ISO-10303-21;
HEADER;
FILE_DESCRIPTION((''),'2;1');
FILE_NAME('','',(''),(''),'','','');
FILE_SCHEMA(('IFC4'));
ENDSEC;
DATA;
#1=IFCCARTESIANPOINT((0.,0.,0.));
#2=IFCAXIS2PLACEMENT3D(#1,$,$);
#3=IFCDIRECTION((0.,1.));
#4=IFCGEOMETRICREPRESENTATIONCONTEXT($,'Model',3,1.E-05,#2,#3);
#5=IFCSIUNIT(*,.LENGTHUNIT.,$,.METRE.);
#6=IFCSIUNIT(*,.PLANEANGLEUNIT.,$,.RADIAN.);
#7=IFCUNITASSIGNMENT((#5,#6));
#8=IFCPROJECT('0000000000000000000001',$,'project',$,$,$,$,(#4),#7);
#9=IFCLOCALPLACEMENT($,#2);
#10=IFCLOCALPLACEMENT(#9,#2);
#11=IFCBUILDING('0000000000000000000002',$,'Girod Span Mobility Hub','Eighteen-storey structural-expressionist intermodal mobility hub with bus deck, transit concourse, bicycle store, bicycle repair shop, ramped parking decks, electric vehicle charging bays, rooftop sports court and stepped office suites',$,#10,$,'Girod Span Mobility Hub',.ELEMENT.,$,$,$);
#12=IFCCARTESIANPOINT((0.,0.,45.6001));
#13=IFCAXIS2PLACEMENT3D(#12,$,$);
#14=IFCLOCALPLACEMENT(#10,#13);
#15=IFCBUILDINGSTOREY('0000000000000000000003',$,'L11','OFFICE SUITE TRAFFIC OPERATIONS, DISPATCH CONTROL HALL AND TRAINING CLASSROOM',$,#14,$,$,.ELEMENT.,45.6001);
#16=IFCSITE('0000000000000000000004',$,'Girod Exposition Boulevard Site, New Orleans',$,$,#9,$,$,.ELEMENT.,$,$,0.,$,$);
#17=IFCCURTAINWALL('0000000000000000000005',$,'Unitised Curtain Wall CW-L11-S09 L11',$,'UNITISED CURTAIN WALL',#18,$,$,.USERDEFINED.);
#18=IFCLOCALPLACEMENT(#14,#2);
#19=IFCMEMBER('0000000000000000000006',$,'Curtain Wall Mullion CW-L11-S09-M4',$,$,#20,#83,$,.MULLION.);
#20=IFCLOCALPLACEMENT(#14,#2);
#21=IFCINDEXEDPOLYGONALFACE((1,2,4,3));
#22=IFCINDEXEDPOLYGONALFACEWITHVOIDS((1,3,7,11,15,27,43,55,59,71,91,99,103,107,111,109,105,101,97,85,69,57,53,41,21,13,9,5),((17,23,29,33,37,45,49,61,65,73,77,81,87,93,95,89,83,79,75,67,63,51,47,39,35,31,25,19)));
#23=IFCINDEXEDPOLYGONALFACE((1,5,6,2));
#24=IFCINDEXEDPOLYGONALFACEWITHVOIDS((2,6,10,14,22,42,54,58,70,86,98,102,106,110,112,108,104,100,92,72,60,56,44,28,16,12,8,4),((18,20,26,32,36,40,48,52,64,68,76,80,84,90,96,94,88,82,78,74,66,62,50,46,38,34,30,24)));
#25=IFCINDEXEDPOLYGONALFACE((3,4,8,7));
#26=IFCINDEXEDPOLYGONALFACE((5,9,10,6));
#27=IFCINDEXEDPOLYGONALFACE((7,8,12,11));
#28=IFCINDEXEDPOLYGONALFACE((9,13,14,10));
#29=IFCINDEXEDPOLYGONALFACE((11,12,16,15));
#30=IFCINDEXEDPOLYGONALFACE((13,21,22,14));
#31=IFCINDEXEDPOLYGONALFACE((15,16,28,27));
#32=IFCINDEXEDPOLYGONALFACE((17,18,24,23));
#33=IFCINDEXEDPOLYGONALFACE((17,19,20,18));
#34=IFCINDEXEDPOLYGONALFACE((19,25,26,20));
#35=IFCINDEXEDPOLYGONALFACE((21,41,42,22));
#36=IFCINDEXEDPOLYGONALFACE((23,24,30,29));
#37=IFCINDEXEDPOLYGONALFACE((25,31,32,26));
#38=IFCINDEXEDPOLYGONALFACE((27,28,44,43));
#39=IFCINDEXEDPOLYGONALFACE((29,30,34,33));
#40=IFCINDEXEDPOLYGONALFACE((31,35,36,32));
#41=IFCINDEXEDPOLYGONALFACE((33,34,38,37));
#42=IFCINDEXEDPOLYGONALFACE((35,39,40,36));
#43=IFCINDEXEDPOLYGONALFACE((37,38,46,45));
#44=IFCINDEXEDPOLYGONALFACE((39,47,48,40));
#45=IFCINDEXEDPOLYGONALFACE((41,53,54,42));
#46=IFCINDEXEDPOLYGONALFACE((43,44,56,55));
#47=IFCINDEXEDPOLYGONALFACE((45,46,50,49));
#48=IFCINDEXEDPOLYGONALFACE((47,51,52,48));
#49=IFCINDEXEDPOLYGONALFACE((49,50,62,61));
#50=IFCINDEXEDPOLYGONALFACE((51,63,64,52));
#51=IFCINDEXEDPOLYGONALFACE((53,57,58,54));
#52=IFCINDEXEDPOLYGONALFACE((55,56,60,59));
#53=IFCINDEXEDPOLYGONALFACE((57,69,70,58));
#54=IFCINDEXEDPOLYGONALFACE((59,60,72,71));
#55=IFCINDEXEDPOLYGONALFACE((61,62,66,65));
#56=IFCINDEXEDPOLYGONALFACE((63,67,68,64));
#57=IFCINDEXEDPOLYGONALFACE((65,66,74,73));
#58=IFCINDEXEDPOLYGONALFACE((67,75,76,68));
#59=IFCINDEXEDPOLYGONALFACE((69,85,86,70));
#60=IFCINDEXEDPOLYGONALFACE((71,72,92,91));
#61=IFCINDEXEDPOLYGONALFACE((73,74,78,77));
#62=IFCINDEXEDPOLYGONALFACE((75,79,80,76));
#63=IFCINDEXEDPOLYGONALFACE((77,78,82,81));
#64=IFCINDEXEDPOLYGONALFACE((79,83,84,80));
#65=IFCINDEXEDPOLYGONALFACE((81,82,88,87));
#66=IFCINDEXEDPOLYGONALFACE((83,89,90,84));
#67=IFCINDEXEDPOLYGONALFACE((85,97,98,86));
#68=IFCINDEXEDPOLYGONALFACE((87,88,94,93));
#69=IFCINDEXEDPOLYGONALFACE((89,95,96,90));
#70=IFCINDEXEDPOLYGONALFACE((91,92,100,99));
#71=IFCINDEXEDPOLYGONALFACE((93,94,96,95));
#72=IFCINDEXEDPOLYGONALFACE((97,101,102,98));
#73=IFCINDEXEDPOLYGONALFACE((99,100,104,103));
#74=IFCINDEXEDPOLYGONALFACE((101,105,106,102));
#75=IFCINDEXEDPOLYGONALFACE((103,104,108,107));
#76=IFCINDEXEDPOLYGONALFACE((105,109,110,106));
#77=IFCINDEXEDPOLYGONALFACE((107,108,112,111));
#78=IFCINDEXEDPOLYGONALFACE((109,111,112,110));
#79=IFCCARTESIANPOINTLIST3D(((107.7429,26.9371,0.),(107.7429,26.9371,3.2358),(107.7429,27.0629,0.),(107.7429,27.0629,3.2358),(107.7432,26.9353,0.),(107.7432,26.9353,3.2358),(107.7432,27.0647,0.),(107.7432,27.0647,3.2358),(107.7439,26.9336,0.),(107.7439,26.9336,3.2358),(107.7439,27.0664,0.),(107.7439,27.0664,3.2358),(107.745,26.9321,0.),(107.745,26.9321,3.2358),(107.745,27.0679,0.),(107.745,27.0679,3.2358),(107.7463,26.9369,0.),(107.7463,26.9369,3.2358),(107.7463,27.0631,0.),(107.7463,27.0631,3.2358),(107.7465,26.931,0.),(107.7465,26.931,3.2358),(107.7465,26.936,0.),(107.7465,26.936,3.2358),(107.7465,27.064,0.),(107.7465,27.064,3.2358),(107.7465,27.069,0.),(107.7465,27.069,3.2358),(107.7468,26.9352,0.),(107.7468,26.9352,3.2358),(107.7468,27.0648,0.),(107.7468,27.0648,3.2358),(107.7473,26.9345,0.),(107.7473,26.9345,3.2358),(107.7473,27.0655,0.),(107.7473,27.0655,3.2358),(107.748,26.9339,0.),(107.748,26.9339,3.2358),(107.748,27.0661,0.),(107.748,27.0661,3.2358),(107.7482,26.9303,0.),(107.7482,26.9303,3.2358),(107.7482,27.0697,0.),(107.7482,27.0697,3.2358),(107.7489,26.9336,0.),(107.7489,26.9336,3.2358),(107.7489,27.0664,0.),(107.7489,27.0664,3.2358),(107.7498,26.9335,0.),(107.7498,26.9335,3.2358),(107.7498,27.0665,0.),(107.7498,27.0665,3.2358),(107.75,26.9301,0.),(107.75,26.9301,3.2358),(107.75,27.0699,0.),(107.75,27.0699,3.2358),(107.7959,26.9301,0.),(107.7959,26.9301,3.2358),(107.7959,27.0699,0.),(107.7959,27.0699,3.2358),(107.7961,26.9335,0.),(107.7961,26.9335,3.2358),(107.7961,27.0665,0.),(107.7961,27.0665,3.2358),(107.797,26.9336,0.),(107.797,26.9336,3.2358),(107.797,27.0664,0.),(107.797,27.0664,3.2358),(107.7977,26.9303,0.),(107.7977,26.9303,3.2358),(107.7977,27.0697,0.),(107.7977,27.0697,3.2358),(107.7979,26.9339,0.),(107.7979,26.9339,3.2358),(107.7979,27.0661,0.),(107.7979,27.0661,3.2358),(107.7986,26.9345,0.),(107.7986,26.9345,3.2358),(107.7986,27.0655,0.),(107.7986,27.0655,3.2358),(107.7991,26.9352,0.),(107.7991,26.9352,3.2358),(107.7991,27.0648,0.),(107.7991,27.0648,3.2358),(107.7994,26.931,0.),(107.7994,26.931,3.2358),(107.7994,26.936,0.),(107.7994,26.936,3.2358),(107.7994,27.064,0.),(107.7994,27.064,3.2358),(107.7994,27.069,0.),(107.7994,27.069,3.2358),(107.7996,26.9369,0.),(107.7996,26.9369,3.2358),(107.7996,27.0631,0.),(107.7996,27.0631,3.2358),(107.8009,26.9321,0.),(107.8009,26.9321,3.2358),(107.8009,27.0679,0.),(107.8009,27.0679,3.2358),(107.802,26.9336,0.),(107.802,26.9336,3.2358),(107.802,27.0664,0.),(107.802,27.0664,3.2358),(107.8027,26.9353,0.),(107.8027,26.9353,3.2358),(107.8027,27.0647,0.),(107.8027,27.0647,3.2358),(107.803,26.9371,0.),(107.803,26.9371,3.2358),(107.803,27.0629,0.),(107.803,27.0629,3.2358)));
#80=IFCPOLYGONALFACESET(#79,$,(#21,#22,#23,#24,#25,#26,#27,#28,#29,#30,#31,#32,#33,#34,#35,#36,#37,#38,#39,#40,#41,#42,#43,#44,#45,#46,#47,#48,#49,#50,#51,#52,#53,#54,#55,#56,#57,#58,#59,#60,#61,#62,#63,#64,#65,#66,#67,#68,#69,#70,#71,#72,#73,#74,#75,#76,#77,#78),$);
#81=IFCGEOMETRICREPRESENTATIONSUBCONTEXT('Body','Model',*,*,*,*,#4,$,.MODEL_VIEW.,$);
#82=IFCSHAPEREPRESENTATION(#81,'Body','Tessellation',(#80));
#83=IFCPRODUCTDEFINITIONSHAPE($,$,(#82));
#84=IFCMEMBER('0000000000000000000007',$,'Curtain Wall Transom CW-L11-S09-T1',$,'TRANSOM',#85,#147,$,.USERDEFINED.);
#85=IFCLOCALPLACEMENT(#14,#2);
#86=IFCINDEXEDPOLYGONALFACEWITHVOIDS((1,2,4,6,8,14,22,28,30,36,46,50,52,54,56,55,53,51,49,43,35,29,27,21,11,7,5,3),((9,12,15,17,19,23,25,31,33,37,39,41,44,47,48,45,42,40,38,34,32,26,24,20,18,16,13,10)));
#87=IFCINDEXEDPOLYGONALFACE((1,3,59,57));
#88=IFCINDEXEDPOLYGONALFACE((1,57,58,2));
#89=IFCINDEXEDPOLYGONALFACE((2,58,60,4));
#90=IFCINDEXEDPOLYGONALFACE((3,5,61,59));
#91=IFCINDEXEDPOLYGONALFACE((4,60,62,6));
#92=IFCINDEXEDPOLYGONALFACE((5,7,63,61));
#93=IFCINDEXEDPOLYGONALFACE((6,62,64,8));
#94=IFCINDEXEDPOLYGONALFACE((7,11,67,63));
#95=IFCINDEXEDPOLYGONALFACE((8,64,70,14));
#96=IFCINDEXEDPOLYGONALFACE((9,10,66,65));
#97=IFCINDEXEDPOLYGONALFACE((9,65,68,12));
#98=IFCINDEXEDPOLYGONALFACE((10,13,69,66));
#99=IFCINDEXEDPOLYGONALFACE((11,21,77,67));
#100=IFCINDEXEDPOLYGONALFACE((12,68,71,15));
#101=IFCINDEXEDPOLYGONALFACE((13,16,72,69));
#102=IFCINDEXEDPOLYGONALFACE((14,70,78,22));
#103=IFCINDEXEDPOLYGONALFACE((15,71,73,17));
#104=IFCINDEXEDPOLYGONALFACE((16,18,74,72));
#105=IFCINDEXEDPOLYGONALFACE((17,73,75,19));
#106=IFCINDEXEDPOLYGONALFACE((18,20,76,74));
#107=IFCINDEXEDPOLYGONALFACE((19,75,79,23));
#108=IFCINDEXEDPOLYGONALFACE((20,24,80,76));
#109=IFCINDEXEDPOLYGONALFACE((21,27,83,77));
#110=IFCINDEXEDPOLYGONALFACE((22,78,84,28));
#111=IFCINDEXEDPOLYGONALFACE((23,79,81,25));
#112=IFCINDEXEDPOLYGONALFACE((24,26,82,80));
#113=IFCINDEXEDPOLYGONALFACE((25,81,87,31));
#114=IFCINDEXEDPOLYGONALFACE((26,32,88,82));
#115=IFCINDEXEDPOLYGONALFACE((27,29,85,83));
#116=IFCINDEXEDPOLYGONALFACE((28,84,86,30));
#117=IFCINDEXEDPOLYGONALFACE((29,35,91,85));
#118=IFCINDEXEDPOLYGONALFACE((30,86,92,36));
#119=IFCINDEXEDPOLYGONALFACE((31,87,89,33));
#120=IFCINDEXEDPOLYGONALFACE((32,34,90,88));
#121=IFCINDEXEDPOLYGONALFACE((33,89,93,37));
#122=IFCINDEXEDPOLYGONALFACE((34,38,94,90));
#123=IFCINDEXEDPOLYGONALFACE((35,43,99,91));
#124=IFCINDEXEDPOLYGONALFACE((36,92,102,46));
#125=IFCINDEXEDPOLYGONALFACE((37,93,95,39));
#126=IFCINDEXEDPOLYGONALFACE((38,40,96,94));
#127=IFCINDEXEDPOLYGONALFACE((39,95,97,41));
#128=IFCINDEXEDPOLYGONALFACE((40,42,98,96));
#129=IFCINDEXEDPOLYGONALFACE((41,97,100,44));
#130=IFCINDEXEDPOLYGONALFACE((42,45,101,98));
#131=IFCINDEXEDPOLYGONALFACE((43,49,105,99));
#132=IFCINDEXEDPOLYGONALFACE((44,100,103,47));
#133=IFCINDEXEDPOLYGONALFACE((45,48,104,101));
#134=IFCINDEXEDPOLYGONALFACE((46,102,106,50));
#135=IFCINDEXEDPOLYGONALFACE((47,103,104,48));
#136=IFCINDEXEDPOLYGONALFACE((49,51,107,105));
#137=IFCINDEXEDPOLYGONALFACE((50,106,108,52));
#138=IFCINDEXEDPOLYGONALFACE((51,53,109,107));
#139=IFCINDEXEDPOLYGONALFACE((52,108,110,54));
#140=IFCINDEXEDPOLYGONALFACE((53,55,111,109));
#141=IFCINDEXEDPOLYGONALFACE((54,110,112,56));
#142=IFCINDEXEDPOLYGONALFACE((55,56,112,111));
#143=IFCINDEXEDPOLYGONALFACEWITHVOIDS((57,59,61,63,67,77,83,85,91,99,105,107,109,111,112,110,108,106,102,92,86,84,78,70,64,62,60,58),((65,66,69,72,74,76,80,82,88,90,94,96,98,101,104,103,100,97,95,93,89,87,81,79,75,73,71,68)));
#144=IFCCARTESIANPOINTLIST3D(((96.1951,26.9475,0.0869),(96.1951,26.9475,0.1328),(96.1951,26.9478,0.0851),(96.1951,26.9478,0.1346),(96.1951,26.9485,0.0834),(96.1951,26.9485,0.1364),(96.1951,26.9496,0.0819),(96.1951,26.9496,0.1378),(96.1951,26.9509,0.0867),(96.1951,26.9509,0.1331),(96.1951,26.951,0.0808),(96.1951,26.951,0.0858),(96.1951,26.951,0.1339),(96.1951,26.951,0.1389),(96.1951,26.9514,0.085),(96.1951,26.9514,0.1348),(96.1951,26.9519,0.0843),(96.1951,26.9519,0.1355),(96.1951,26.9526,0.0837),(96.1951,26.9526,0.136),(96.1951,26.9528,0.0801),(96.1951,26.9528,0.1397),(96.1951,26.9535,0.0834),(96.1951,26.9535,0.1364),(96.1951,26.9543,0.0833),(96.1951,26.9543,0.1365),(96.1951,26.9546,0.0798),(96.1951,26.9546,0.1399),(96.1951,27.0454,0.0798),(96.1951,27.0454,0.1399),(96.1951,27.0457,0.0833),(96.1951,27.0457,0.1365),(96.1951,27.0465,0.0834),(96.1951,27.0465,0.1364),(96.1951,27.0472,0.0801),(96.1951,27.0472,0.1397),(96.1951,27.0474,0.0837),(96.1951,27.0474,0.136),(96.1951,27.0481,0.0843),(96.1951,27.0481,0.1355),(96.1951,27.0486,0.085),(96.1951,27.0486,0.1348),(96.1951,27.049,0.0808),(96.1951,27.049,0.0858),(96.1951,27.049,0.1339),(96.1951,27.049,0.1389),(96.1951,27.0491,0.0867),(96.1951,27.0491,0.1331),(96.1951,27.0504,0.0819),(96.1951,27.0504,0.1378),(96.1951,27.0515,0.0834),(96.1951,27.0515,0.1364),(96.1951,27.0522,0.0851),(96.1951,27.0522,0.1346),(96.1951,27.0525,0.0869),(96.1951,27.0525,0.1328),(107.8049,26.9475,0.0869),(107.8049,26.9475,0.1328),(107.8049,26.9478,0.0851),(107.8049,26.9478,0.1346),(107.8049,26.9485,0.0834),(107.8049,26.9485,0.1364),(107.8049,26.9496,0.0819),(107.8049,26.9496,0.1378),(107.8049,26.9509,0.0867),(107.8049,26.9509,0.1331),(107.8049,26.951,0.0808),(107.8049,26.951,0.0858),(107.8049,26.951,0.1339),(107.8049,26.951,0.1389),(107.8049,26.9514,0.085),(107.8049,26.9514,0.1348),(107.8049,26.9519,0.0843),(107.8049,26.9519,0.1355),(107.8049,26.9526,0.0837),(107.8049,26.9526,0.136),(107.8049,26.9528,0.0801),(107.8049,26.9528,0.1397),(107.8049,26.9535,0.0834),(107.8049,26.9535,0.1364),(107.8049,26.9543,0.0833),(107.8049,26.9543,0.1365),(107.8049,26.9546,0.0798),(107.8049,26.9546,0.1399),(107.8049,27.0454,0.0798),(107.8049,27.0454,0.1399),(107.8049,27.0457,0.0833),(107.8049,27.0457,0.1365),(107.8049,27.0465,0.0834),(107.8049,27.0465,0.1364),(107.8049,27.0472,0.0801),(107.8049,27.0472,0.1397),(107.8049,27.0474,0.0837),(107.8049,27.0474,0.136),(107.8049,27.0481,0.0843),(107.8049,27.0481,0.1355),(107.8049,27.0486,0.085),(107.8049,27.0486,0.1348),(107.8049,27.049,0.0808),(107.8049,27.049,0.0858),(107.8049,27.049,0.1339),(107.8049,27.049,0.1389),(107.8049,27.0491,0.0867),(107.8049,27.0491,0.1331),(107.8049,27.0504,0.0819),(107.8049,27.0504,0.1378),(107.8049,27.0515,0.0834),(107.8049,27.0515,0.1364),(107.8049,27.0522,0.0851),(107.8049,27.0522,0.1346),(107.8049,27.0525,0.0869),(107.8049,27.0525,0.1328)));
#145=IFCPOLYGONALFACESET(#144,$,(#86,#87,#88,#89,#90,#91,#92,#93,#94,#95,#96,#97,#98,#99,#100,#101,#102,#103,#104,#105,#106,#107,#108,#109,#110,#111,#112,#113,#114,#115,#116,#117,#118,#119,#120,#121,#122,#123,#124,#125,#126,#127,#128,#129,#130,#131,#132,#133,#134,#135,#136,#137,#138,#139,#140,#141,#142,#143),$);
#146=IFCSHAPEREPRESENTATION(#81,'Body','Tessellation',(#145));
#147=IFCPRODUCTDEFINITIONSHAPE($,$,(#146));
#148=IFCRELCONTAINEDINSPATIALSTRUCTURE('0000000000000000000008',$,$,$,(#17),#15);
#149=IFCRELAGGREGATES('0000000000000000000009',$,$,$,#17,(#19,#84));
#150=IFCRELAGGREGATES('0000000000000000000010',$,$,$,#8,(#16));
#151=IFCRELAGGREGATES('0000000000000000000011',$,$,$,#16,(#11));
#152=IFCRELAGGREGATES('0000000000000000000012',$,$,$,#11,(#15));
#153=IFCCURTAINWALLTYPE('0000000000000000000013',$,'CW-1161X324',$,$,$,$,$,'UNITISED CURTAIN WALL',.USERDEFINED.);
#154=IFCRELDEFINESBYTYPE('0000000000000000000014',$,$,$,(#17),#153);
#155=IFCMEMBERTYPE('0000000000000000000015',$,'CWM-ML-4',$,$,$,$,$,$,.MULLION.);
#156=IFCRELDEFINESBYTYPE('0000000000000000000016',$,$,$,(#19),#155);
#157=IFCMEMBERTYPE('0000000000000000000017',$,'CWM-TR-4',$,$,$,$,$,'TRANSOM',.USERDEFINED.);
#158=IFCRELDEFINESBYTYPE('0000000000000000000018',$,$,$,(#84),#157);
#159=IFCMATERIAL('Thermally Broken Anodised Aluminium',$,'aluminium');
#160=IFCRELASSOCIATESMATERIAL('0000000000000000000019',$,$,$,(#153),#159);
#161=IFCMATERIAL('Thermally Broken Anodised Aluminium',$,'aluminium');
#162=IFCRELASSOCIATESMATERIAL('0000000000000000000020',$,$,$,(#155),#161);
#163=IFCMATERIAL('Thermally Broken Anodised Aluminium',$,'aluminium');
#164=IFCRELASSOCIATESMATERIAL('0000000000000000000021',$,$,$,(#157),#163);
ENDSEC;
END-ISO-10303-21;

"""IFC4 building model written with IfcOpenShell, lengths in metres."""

from ifc_helpers import new_model, si_unit, direction, frame, origin, origin_2d, place, context, subcontext, project, spatial, hollow_rectangle, extrude, material, material_profile, profile_set, type_object, element, aggregate, save


model = new_model("IFC4")

# Units and contexts
model_context = context("Model", 3, precision=1e-05, world=origin(), true_north=direction((0.0, 1.0)))
body_context = subcontext(model_context, "Body", "Model", "MODEL_VIEW")
ifc_project = project(units=[si_unit("LENGTHUNIT", "METRE"), si_unit("PLANEANGLEUNIT", "RADIAN")], contexts=[model_context])

# Site, building, storey
site_placement = place(None, origin())
site = spatial("IfcSite", under=ifc_project, at=site_placement, Name="Girod Exposition Boulevard Site, New Orleans", CompositionType="ELEMENT", RefElevation=0.0)
building_placement = place(site_placement, origin())
building = spatial("IfcBuilding", under=site, at=building_placement, Name="Girod Span Mobility Hub", Description="Eighteen-storey structural-expressionist intermodal mobility hub with bus deck, transit concourse, bicycle store, bicycle repair shop, ramped parking decks, electric vehicle charging bays, rooftop sports court and stepped office suites", LongName="Girod Span Mobility Hub", CompositionType="ELEMENT")
storey_placement = place(building_placement, frame((0.0, 0.0, 45.6001)))
storey = spatial("IfcBuildingStorey", under=building, at=storey_placement, Name="L11", Description="OFFICE SUITE TRAFFIC OPERATIONS, DISPATCH CONTROL HALL AND TRAINING CLASSROOM", CompositionType="ELEMENT", Elevation=45.6001)

# Curtain wall, members
ifc_material_1 = material(Name="Thermally Broken Anodised Aluminium", Category="aluminium")
curtain_wall_type = type_object("IfcCurtainWallType", Name="CW-1161X324", ElementType="UNITISED CURTAIN WALL", PredefinedType="USERDEFINED", material=ifc_material_1)
curtain_wall_1_placement = place(storey_placement, origin())
curtain_wall_1 = element("IfcCurtainWall", 1, at=curtain_wall_1_placement, inside=storey, type_object=curtain_wall_type, Name="Unitised Curtain Wall CW-L11-S09 L11", ObjectType="UNITISED CURTAIN WALL", PredefinedType="USERDEFINED")
ifc_material_2 = material(Name="Thermally Broken Anodised Aluminium", Category="aluminium")
ifc_material_profile_1 = material_profile(ifc_material_2, hollow_rectangle(XDim=0.1399, YDim=0.0601, WallThickness=0.0034, InnerFilletRadius=0.0034, OuterFilletRadius=0.0071, at=origin_2d()), Name="CW-ML-60X140")
ifc_profile_set_1 = profile_set([ifc_material_profile_1], Name="Thermally Broken Anodised Aluminium")
member_type_1 = type_object("IfcMemberType", Name="CWM-ML-4", PredefinedType="MULLION", material=ifc_profile_set_1)
member_1_placement = place(storey_placement, frame((107.7729, 27.0, 0.0), z_axis=(0.0, 0.0, 1.0), x_axis=(0.0, 1.0, 0.0)))
member_1 = element("IfcMember", 2, at=member_1_placement, type_object=member_type_1, Name="Curtain Wall Mullion CW-L11-S09-M4", PredefinedType="MULLION", context=body_context, shape_type="SweptSolid", body=[
    extrude(hollow_rectangle(XDim=0.1399, YDim=0.0601, WallThickness=0.0034, InnerFilletRadius=0.0034, OuterFilletRadius=0.0071, at=origin_2d()), origin(), (0.0, 0.0, 1.0), 3.2358),
])
ifc_material_3 = material(Name="Thermally Broken Anodised Aluminium", Category="aluminium")
ifc_material_profile_2 = material_profile(ifc_material_3, hollow_rectangle(XDim=0.105, YDim=0.0601, WallThickness=0.0034, InnerFilletRadius=0.0034, OuterFilletRadius=0.0071, at=origin_2d()), Name="CW-TR-60X105")
ifc_profile_set_2 = profile_set([ifc_material_profile_2], Name="Thermally Broken Anodised Aluminium")
member_type_2 = type_object("IfcMemberType", Name="CWM-TR-4", ElementType="TRANSOM", PredefinedType="USERDEFINED", material=ifc_profile_set_2)
member_2_placement = place(storey_placement, frame((96.1951, 27.0, 0.1099), z_axis=(1.0, 0.0, 0.0), x_axis=(0.0, 1.0, 0.0)))
member_2 = element("IfcMember", 3, at=member_2_placement, type_object=member_type_2, Name="Curtain Wall Transom CW-L11-S09-T1", ObjectType="TRANSOM", PredefinedType="USERDEFINED", context=body_context, shape_type="SweptSolid", body=[
    extrude(hollow_rectangle(XDim=0.105, YDim=0.0601, WallThickness=0.0034, InnerFilletRadius=0.0034, OuterFilletRadius=0.0071, at=origin_2d()), origin(), (0.0, 0.0, 1.0), 11.6099),
])

aggregate(curtain_wall_1, [member_1, member_2])

save(model, "model.ifc")
